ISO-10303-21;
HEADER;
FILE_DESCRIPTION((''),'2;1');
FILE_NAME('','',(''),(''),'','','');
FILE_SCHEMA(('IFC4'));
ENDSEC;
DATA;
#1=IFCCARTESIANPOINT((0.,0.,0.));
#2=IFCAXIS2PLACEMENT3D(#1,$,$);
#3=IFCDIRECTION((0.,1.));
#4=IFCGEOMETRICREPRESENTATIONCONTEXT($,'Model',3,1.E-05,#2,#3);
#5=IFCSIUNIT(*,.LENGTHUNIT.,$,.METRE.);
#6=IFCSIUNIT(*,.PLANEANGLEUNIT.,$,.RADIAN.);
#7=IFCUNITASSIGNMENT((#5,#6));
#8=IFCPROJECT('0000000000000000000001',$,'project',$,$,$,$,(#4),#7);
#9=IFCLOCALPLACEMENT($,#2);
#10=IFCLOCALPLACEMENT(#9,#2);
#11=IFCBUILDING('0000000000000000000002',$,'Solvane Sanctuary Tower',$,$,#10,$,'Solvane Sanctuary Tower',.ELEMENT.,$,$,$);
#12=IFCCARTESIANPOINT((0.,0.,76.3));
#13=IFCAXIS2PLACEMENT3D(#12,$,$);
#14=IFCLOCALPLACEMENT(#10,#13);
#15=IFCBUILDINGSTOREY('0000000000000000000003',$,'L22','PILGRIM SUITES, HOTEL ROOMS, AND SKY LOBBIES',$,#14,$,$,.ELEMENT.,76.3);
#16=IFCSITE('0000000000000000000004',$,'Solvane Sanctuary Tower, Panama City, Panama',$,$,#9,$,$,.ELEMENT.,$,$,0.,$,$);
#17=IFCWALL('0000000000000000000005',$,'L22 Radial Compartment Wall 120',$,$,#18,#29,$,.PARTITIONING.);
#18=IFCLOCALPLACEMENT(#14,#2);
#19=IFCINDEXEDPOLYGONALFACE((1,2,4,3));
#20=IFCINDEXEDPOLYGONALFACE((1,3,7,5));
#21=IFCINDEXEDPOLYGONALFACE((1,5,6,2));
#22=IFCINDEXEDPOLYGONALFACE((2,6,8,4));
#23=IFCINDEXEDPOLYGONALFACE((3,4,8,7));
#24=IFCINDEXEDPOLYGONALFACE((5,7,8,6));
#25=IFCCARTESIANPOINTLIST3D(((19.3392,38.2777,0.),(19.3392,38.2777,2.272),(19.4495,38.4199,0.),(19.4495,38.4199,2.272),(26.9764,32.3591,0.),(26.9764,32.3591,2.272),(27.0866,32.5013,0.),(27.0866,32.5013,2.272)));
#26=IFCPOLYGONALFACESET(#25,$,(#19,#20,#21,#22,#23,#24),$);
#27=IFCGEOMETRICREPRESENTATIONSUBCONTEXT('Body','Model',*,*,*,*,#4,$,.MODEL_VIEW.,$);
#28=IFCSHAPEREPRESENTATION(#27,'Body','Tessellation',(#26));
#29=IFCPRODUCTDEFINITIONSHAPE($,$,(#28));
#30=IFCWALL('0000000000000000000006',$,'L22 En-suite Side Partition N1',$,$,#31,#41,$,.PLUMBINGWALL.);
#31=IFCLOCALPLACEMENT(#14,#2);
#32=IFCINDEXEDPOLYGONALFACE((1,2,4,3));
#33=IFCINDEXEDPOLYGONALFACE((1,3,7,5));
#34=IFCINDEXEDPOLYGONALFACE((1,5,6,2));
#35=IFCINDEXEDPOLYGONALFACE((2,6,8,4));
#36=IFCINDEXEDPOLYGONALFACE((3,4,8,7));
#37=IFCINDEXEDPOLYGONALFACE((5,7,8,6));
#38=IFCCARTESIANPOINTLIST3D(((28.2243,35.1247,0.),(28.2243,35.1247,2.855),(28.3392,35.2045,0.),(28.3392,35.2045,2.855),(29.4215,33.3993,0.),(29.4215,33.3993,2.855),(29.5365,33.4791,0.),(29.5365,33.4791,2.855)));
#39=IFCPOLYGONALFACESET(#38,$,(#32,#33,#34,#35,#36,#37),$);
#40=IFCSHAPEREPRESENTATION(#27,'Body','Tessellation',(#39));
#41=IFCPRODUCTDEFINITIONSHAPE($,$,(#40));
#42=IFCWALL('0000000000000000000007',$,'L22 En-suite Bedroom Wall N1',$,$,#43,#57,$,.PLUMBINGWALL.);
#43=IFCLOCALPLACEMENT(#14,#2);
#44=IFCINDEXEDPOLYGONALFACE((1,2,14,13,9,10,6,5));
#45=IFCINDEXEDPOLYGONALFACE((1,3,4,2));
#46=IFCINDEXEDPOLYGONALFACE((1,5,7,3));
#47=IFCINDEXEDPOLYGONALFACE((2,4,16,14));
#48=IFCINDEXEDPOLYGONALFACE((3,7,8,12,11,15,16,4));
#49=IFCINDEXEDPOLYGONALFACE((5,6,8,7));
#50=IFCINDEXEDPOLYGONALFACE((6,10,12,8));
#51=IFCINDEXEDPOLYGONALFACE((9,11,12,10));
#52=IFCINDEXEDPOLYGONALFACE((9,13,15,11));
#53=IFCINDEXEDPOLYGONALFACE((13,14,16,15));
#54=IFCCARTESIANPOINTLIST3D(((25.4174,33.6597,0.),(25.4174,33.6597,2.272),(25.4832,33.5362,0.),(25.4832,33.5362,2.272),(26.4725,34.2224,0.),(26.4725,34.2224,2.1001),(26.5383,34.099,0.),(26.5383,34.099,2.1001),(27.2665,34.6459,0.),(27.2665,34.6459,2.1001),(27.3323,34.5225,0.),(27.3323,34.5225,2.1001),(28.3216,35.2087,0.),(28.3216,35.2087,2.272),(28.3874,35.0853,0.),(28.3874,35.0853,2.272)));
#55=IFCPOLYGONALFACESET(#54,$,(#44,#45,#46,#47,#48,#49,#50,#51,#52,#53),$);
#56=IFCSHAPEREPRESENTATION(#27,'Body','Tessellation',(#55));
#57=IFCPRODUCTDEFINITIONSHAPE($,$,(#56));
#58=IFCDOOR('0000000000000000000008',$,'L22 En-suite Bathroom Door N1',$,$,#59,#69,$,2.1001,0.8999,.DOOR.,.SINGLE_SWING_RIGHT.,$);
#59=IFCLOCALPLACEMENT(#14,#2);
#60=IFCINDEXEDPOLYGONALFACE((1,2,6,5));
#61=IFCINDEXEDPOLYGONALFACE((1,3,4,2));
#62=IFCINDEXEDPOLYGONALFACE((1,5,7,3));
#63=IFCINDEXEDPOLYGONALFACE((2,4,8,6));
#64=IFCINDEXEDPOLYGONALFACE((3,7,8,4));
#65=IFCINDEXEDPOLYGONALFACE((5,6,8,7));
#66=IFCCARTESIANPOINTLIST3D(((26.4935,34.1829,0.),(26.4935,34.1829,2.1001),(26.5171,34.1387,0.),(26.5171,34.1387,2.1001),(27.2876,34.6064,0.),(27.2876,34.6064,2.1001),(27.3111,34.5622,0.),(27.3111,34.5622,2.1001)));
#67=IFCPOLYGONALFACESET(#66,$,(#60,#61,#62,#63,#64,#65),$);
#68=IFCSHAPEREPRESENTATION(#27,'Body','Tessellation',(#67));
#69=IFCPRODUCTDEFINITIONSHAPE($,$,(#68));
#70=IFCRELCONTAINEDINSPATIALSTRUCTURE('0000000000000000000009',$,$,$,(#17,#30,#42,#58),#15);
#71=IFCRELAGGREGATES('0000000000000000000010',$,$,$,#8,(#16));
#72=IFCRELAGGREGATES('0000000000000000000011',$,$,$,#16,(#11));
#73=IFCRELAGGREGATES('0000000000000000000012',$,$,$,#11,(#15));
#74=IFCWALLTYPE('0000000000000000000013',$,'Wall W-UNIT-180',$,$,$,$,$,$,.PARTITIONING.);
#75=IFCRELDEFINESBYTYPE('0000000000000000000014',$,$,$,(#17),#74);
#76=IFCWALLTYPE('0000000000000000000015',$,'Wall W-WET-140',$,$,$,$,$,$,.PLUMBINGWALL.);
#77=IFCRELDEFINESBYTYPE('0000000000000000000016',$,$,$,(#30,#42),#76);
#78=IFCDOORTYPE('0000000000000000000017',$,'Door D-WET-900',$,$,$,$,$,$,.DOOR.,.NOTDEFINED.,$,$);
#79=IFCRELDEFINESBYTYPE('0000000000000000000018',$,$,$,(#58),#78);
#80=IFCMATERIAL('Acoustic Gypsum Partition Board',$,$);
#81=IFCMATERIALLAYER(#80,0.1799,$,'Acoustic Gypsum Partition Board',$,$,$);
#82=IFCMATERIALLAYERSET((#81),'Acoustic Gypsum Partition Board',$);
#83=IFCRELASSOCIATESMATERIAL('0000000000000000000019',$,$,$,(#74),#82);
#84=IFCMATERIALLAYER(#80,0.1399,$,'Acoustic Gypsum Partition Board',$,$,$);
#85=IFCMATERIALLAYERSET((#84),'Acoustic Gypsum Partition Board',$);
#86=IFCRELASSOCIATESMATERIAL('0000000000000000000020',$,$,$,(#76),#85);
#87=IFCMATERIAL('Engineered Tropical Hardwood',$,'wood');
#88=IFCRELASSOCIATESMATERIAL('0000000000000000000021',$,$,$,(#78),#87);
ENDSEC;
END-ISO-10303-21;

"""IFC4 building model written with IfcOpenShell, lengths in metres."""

from ifc_helpers import new_model, si_unit, direction, frame, frame_2d, origin, place, context, subcontext, project, spatial, rectangle, extrude, material, layer, layer_set, type_object, element, fill, save


model = new_model("IFC4")

# Units and contexts
model_context = context("Model", 3, precision=1e-05, world=origin(), true_north=direction((0.0, 1.0)))
body_context = subcontext(model_context, "Body", "Model", "MODEL_VIEW")
ifc_project = project(units=[si_unit("LENGTHUNIT", "METRE"), si_unit("PLANEANGLEUNIT", "RADIAN")], contexts=[model_context])

# Site, building, storey
site_placement = place(None, origin())
site = spatial("IfcSite", under=ifc_project, at=site_placement, Name="Solvane Sanctuary Tower, Panama City, Panama", CompositionType="ELEMENT", RefElevation=0.0)
building_placement = place(site_placement, origin())
building = spatial("IfcBuilding", under=site, at=building_placement, Name="Solvane Sanctuary Tower", LongName="Solvane Sanctuary Tower", CompositionType="ELEMENT")
storey_placement = place(building_placement, frame((0.0, 0.0, 76.3)))
storey = spatial("IfcBuildingStorey", under=building, at=storey_placement, Name="L22", Description="PILGRIM SUITES, HOTEL ROOMS, AND SKY LOBBIES", CompositionType="ELEMENT", Elevation=76.3)

# Shared definitions
ifc_material_1 = material(Name="Acoustic Gypsum Partition Board")

# Walls
ifc_layer_1 = layer(ifc_material_1, 0.1799, Name="Acoustic Gypsum Partition Board")
ifc_layer_set_1 = layer_set([ifc_layer_1], Name="Acoustic Gypsum Partition Board")
wall_type_1 = type_object("IfcWallType", Name="Wall W-UNIT-180", PredefinedType="PARTITIONING", material=ifc_layer_set_1)
wall_1_placement = place(storey_placement, frame((27.0315, 32.4302, 0.0), z_axis=(0.0, 0.0, 1.0), x_axis=(-0.790422, 0.612563, 0.0)))
element("IfcWall", 1, at=wall_1_placement, inside=storey, type_object=wall_type_1, Name="L22 Radial Compartment Wall 120", PredefinedType="PARTITIONING", context=body_context, shape_type="SweptSolid", body=[
    extrude(rectangle(XDim=9.6621, YDim=0.1799, at=frame_2d((4.8311, 0.0))), origin(), (0.0, 0.0, 1.0), 2.272),
])
ifc_layer_2 = layer(ifc_material_1, 0.1399, Name="Acoustic Gypsum Partition Board")
ifc_layer_set_2 = layer_set([ifc_layer_2], Name="Acoustic Gypsum Partition Board")
wall_type_2 = type_object("IfcWallType", Name="Wall W-WET-140", PredefinedType="PLUMBINGWALL", material=ifc_layer_set_2)
wall_2_placement = place(storey_placement, frame((29.479, 33.4392, 0.0), z_axis=(0.0, 0.0, 1.0), x_axis=(-0.57011, 0.821568, 0.0)))
element("IfcWall", 2, at=wall_2_placement, inside=storey, type_object=wall_type_2, Name="L22 En-suite Side Partition N1", PredefinedType="PLUMBINGWALL", context=body_context, shape_type="SweptSolid", body=[
    extrude(rectangle(XDim=2.1001, YDim=0.1399, at=frame_2d((1.05, 0.0))), origin(), (0.0, 0.0, 1.0), 2.855),
])

# Wall, opening, door
wall_3_placement = place(storey_placement, frame((28.3545, 35.147, 0.0), z_axis=(0.0, 0.0, 1.0), x_axis=(-0.882339, -0.470615, 0.0)))
wall_3 = element("IfcWall", 3, at=wall_3_placement, inside=storey, type_object=wall_type_2, Name="L22 En-suite Bedroom Wall N1", PredefinedType="PLUMBINGWALL", context=body_context, shape_type="SweptSolid", body=[
    extrude(rectangle(XDim=3.2915, YDim=0.1399, at=frame_2d((1.6458, 0.0))), origin(), (0.0, 0.0, 1.0), 2.272),
])
opening_1_placement = place(wall_3_placement, frame((1.1958, 0.0, 0.0)))
opening_1 = element("IfcOpeningElement", 4, at=opening_1_placement, cuts=wall_3, PredefinedType="OPENING", context=body_context, shape_type="SweptSolid", body=[
    extrude(rectangle(XDim=0.8999, YDim=2.1001, at=frame_2d((0.45, 1.05))), frame((0.0, 0.0798, 0.0), z_axis=(0.0, -1.0, 0.0), x_axis=(1.0, 0.0, 0.0)), (0.0, 0.0, 1.0), 0.1599),
])
ifc_material_2 = material(Name="Engineered Tropical Hardwood", Category="wood")
door_type = type_object("IfcDoorType", Name="Door D-WET-900", OperationType="NOTDEFINED", PredefinedType="DOOR", material=ifc_material_2)
door_placement = place(opening_1_placement, origin())
door = element("IfcDoor", 5, at=door_placement, inside=storey, type_object=door_type, Name="L22 En-suite Bathroom Door N1", OperationType="SINGLE_SWING_RIGHT", OverallHeight=2.1001, OverallWidth=0.8999, PredefinedType="DOOR", context=body_context, shape_type="SweptSolid", body=[
    extrude(rectangle(XDim=0.8999, YDim=2.1001, at=frame_2d((0.45, 1.05))), frame((0.0, 0.0249, 0.0), z_axis=(0.0, -1.0, 0.0), x_axis=(1.0, 0.0, 0.0)), (0.0, 0.0, 1.0), 0.05),
])
fill(opening_1, door)

save(model, "model.ifc")
